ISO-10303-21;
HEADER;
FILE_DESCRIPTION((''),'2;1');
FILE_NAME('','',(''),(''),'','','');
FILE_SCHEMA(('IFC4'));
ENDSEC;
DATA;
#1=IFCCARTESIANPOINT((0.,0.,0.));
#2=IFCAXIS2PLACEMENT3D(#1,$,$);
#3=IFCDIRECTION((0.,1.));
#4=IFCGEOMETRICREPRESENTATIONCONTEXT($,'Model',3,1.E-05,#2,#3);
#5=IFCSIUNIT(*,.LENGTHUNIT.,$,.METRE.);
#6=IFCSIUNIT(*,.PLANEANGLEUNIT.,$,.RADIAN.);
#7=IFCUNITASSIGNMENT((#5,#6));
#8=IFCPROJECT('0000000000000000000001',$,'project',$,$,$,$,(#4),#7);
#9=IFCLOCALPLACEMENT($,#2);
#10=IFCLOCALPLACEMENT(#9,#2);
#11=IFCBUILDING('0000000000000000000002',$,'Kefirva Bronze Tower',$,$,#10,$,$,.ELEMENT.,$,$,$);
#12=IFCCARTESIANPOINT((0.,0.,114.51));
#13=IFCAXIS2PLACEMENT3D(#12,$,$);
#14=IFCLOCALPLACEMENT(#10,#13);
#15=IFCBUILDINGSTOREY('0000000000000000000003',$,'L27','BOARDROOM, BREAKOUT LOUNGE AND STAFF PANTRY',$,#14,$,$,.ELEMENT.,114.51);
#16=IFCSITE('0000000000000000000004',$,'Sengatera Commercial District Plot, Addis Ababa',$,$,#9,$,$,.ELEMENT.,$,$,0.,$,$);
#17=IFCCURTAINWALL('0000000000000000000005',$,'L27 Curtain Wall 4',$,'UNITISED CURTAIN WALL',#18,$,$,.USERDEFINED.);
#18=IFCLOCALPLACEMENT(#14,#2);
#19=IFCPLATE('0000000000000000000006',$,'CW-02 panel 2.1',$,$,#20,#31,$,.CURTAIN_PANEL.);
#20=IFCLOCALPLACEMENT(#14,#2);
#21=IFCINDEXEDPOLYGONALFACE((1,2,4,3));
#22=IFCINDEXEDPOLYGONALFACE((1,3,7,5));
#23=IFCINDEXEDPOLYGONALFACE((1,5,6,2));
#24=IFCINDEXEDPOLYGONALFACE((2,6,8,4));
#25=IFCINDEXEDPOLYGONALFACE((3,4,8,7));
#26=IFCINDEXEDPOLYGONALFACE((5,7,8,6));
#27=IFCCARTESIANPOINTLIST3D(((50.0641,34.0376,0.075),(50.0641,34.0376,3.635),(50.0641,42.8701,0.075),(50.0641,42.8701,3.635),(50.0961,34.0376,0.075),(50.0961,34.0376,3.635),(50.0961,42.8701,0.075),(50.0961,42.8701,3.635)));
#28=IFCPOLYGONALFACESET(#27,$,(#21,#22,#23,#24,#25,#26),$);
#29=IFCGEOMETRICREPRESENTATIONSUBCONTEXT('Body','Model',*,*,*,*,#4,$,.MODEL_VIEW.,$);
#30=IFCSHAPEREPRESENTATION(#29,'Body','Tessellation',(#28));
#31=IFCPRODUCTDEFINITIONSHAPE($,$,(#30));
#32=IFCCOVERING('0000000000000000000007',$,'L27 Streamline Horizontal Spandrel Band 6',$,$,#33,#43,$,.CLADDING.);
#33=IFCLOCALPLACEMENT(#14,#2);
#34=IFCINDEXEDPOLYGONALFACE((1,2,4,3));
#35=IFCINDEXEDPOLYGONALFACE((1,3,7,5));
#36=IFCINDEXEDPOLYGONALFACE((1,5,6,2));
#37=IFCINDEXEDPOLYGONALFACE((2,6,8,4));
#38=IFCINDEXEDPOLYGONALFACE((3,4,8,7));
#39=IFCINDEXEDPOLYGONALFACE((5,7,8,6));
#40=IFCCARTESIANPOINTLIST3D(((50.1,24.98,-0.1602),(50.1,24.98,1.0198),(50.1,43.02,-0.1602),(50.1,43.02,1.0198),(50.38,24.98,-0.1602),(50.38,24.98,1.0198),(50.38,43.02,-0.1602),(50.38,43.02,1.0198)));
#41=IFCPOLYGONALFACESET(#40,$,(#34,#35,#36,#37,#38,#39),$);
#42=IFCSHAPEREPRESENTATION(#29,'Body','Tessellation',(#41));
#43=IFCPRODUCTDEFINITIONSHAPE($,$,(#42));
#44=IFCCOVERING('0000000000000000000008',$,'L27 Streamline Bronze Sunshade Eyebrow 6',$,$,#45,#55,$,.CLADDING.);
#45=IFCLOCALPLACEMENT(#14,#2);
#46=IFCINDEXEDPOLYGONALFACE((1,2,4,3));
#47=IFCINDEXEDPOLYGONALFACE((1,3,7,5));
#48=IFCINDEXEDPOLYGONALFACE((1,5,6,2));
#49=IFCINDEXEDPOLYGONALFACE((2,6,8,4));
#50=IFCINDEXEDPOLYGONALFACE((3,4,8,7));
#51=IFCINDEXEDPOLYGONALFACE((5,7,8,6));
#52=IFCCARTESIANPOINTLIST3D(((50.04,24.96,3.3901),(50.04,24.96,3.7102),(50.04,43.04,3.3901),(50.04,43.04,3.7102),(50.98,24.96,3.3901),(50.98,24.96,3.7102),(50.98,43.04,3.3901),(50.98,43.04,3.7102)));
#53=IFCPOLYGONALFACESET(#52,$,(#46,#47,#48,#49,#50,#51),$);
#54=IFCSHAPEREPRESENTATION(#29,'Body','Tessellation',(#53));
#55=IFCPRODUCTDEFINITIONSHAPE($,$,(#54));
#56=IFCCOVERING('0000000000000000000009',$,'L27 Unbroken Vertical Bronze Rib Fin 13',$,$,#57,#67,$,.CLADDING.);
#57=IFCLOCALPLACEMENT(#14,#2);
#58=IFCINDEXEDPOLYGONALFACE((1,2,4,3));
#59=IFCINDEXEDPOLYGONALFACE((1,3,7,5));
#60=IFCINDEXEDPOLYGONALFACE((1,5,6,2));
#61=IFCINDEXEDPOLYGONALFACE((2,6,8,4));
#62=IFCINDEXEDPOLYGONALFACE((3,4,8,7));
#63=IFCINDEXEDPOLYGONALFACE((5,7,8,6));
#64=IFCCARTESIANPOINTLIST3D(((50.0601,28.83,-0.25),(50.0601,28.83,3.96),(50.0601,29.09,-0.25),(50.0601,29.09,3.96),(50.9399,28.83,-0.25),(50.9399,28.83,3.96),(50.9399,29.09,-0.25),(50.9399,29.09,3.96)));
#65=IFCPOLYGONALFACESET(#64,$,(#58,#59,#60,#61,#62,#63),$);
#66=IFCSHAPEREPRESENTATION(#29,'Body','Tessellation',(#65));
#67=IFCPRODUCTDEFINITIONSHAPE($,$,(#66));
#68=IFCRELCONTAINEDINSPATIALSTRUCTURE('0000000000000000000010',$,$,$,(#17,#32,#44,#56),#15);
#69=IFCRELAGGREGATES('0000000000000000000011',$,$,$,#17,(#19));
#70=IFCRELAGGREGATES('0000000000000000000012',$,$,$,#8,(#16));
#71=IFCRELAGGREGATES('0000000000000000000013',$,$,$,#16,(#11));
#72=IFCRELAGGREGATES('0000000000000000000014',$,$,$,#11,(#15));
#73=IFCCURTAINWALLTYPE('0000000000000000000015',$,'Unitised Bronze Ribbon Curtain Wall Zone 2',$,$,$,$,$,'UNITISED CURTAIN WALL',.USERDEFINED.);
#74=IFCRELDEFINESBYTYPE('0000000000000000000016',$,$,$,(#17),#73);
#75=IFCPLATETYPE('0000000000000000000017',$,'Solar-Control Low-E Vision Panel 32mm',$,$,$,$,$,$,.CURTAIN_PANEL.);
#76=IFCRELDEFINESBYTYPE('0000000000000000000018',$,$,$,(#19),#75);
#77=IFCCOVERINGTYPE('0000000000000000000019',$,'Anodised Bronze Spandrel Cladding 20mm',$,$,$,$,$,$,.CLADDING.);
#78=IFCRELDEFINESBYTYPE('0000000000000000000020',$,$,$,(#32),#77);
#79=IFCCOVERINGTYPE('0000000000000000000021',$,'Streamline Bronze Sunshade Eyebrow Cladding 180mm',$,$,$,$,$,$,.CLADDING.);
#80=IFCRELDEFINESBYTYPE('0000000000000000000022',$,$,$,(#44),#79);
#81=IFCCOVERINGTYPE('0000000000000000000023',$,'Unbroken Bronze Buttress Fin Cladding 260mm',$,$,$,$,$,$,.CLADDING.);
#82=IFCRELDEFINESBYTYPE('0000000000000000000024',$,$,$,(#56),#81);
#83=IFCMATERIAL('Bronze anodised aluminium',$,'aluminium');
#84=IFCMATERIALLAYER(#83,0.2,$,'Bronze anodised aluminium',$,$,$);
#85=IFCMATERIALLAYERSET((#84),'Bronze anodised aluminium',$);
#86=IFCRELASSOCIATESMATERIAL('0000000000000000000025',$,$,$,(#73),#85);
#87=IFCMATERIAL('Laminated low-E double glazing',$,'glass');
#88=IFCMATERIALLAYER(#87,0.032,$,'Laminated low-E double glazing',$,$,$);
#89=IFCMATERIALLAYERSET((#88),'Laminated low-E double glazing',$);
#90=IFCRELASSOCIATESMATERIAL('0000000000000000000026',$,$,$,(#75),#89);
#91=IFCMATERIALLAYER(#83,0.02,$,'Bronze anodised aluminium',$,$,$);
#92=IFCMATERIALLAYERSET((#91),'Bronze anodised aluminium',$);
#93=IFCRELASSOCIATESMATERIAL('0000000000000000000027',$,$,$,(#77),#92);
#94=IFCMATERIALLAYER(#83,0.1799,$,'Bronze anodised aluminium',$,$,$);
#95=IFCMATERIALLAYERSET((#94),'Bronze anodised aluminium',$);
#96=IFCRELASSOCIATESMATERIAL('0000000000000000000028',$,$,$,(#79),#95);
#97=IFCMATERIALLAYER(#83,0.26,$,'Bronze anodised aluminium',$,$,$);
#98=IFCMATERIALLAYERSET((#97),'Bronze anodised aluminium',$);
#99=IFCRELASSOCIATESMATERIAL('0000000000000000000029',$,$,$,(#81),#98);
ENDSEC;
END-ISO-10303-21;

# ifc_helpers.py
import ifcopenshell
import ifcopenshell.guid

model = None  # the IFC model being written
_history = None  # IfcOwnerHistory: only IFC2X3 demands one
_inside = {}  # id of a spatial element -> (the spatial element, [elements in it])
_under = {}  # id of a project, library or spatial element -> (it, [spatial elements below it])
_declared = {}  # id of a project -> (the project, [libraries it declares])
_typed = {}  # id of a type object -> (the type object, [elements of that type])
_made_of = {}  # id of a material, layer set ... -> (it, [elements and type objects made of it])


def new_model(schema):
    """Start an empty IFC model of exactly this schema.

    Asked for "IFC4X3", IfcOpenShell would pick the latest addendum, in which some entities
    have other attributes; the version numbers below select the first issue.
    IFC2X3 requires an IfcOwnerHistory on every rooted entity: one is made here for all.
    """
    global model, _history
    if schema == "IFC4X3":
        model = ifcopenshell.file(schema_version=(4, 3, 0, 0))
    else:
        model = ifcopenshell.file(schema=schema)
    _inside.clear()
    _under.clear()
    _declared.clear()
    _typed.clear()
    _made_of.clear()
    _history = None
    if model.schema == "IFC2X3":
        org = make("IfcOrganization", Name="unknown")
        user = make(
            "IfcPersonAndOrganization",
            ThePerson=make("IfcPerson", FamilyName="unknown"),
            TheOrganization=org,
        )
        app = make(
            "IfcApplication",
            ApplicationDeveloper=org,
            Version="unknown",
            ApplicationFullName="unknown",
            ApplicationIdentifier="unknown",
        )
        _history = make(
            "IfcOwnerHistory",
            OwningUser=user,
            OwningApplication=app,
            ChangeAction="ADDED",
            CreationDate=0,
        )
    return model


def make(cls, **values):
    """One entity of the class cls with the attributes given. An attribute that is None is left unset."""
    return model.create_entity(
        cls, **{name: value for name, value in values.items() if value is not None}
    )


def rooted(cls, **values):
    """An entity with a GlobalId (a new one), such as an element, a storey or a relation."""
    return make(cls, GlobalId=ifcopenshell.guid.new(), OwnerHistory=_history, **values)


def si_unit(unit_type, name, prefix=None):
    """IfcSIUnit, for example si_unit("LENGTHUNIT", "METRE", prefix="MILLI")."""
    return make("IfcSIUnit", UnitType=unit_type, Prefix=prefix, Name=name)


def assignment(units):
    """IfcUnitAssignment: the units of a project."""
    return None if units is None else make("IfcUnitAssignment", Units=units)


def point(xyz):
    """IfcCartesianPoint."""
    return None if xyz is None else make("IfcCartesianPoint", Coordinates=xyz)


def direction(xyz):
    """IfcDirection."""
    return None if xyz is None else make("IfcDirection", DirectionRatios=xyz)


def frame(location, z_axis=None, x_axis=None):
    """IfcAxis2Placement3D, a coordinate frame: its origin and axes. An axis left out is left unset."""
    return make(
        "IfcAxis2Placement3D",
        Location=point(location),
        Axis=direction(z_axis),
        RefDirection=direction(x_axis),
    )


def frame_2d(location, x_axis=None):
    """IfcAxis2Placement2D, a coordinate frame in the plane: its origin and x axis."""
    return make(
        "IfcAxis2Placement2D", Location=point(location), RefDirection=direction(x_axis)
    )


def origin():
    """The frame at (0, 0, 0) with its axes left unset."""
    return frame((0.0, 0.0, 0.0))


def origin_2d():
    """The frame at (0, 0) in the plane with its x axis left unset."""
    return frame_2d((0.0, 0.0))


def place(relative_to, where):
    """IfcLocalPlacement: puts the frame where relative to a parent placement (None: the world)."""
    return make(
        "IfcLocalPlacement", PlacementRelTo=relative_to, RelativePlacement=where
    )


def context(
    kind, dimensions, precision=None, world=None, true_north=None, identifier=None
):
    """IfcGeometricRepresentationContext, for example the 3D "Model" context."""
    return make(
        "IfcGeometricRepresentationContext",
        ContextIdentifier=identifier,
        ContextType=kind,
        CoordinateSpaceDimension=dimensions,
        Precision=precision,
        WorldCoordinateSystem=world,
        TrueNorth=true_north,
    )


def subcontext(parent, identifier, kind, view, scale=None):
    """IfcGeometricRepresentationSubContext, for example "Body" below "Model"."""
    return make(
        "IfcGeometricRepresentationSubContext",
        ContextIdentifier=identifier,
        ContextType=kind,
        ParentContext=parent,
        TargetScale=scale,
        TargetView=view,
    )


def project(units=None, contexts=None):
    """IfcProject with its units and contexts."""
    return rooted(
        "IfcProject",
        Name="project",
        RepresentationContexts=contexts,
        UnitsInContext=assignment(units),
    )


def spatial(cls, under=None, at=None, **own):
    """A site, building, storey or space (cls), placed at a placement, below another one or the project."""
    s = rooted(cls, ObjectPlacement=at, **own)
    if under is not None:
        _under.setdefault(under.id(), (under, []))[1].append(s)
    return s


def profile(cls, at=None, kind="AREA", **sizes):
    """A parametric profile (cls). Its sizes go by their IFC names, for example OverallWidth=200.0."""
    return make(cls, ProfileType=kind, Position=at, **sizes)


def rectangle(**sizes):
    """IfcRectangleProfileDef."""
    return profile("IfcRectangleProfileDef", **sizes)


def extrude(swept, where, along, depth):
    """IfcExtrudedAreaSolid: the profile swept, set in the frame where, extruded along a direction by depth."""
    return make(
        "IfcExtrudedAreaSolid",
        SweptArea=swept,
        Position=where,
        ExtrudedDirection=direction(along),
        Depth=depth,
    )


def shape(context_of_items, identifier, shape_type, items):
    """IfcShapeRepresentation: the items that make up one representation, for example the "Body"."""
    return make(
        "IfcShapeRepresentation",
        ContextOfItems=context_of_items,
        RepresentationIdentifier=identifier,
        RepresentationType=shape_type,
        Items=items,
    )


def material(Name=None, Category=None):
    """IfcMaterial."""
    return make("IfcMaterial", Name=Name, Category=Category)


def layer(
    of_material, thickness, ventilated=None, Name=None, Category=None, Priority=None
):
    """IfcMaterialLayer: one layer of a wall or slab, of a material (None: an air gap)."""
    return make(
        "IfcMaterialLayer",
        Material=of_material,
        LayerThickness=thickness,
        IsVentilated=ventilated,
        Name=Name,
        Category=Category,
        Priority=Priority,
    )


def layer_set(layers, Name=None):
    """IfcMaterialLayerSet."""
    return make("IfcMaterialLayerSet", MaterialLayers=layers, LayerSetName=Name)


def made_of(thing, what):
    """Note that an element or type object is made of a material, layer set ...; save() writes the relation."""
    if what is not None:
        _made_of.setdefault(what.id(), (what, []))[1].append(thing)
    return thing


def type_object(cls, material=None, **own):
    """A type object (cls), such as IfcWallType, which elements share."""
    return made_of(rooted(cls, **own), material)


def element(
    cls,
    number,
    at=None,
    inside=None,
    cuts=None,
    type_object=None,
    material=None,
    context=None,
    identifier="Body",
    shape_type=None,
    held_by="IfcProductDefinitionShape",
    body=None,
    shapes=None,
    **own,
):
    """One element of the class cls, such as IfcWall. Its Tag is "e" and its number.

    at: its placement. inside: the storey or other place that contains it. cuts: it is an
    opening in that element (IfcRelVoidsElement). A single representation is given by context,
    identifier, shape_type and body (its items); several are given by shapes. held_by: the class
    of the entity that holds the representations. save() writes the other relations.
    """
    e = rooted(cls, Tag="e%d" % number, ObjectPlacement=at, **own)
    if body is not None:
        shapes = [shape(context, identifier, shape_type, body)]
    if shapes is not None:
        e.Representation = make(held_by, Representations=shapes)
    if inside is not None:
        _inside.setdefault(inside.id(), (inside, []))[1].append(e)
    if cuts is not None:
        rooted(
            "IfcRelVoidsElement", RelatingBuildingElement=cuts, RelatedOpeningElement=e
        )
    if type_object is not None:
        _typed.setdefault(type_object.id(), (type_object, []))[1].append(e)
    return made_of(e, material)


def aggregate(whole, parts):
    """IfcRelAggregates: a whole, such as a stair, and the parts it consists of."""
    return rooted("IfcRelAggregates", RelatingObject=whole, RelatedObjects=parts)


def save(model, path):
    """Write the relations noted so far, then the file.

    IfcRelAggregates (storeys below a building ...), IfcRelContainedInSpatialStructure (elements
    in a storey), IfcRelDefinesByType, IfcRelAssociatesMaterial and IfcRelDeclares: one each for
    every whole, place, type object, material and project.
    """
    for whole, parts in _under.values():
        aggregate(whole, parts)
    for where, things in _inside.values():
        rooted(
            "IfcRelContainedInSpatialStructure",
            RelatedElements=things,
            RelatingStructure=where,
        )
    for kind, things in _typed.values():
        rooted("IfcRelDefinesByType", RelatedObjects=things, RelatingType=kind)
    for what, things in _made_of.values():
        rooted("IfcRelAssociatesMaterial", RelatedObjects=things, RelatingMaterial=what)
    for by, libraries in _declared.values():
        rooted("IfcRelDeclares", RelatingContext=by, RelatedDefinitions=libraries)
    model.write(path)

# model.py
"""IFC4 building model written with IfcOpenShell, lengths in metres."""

from ifc_helpers import new_model, si_unit, direction, frame, origin, origin_2d, place, context, subcontext, project, spatial, rectangle, extrude, material, layer, layer_set, type_object, element, aggregate, save


model = new_model("IFC4")

# Units and contexts
model_context = context("Model", 3, precision=1e-05, world=origin(), true_north=direction((0.0, 1.0)))
body_context = subcontext(model_context, "Body", "Model", "MODEL_VIEW")
ifc_project = project(units=[si_unit("LENGTHUNIT", "METRE"), si_unit("PLANEANGLEUNIT", "RADIAN")], contexts=[model_context])

# Site, building, storey
site_placement = place(None, origin())
site = spatial("IfcSite", under=ifc_project, at=site_placement, Name="Sengatera Commercial District Plot, Addis Ababa", CompositionType="ELEMENT", RefElevation=0.0)
building_placement = place(site_placement, origin())
building = spatial("IfcBuilding", under=site, at=building_placement, Name="Kefirva Bronze Tower", CompositionType="ELEMENT")
storey_placement = place(building_placement, frame((0.0, 0.0, 114.51)))
storey = spatial("IfcBuildingStorey", under=building, at=storey_placement, Name="L27", Description="BOARDROOM, BREAKOUT LOUNGE AND STAFF PANTRY", CompositionType="ELEMENT", Elevation=114.51)

# Curtain wall
ifc_material_1 = material(Name="Bronze anodised aluminium", Category="aluminium")
ifc_layer_1 = layer(ifc_material_1, 0.2, Name="Bronze anodised aluminium")
ifc_layer_set_1 = layer_set([ifc_layer_1], Name="Bronze anodised aluminium")
curtain_wall_type = type_object("IfcCurtainWallType", Name="Unitised Bronze Ribbon Curtain Wall Zone 2", ElementType="UNITISED CURTAIN WALL", PredefinedType="USERDEFINED", material=ifc_layer_set_1)
curtain_wall_placement = place(storey_placement, origin())
curtain_wall = element("IfcCurtainWall", 1, at=curtain_wall_placement, inside=storey, type_object=curtain_wall_type, Name="L27 Curtain Wall 4", ObjectType="UNITISED CURTAIN WALL", PredefinedType="USERDEFINED")

# Plate
ifc_material_2 = material(Name="Laminated low-E double glazing", Category="glass")
ifc_layer_2 = layer(ifc_material_2, 0.032, Name="Laminated low-E double glazing")
ifc_layer_set_2 = layer_set([ifc_layer_2], Name="Laminated low-E double glazing")
plate_type = type_object("IfcPlateType", Name="Solar-Control Low-E Vision Panel 32mm", PredefinedType="CURTAIN_PANEL", material=ifc_layer_set_2)
plate_1_placement = place(storey_placement, frame((50.0801, 38.4539, 0.075), z_axis=(0.0, 0.0, 1.0), x_axis=(0.0, 1.0, 0.0)))
plate_1 = element("IfcPlate", 2, at=plate_1_placement, type_object=plate_type, Name="CW-02 panel 2.1", PredefinedType="CURTAIN_PANEL", context=body_context, shape_type="SweptSolid", body=[
    extrude(rectangle(XDim=8.8325, YDim=0.032, at=origin_2d()), origin(), (0.0, 0.0, 1.0), 3.5601),
])
aggregate(curtain_wall, [plate_1])

# Coverings
ifc_layer_3 = layer(ifc_material_1, 0.02, Name="Bronze anodised aluminium")
ifc_layer_set_3 = layer_set([ifc_layer_3], Name="Bronze anodised aluminium")
covering_type_1 = type_object("IfcCoveringType", Name="Anodised Bronze Spandrel Cladding 20mm", PredefinedType="CLADDING", material=ifc_layer_set_3)
covering_1_placement = place(storey_placement, frame((50.24, 34.0, -0.1602), z_axis=(0.0, 0.0, 1.0), x_axis=(0.0, 1.0, 0.0)))
element("IfcCovering", 3, at=covering_1_placement, inside=storey, type_object=covering_type_1, Name="L27 Streamline Horizontal Spandrel Band 6", PredefinedType="CLADDING", context=body_context, shape_type="SweptSolid", body=[
    extrude(rectangle(XDim=18.04, YDim=0.28, at=origin_2d()), origin(), (0.0, 0.0, 1.0), 1.1799),
])
ifc_layer_4 = layer(ifc_material_1, 0.1799, Name="Bronze anodised aluminium")
ifc_layer_set_4 = layer_set([ifc_layer_4], Name="Bronze anodised aluminium")
covering_type_2 = type_object("IfcCoveringType", Name="Streamline Bronze Sunshade Eyebrow Cladding 180mm", PredefinedType="CLADDING", material=ifc_layer_set_4)
covering_2_placement = place(storey_placement, frame((50.51, 34.0, 3.3901), z_axis=(0.0, 0.0, 1.0), x_axis=(0.0, 1.0, 0.0)))
element("IfcCovering", 4, at=covering_2_placement, inside=storey, type_object=covering_type_2, Name="L27 Streamline Bronze Sunshade Eyebrow 6", PredefinedType="CLADDING", context=body_context, shape_type="SweptSolid", body=[
    extrude(rectangle(XDim=18.0801, YDim=0.9399, at=origin_2d()), origin(), (0.0, 0.0, 1.0), 0.3201),
])
ifc_layer_5 = layer(ifc_material_1, 0.26, Name="Bronze anodised aluminium")
ifc_layer_set_5 = layer_set([ifc_layer_5], Name="Bronze anodised aluminium")
covering_type_3 = type_object("IfcCoveringType", Name="Unbroken Bronze Buttress Fin Cladding 260mm", PredefinedType="CLADDING", material=ifc_layer_set_5)
covering_3_placement = place(storey_placement, frame((50.5, 28.96, -0.25), z_axis=(0.0, 0.0, 1.0), x_axis=(0.0, 1.0, 0.0)))
element("IfcCovering", 5, at=covering_3_placement, inside=storey, type_object=covering_type_3, Name="L27 Unbroken Vertical Bronze Rib Fin 13", PredefinedType="CLADDING", context=body_context, shape_type="SweptSolid", body=[
    extrude(rectangle(XDim=0.26, YDim=0.8799, at=origin_2d()), origin(), (0.0, 0.0, 1.0), 4.21),
])

save(model, "model.ifc")
